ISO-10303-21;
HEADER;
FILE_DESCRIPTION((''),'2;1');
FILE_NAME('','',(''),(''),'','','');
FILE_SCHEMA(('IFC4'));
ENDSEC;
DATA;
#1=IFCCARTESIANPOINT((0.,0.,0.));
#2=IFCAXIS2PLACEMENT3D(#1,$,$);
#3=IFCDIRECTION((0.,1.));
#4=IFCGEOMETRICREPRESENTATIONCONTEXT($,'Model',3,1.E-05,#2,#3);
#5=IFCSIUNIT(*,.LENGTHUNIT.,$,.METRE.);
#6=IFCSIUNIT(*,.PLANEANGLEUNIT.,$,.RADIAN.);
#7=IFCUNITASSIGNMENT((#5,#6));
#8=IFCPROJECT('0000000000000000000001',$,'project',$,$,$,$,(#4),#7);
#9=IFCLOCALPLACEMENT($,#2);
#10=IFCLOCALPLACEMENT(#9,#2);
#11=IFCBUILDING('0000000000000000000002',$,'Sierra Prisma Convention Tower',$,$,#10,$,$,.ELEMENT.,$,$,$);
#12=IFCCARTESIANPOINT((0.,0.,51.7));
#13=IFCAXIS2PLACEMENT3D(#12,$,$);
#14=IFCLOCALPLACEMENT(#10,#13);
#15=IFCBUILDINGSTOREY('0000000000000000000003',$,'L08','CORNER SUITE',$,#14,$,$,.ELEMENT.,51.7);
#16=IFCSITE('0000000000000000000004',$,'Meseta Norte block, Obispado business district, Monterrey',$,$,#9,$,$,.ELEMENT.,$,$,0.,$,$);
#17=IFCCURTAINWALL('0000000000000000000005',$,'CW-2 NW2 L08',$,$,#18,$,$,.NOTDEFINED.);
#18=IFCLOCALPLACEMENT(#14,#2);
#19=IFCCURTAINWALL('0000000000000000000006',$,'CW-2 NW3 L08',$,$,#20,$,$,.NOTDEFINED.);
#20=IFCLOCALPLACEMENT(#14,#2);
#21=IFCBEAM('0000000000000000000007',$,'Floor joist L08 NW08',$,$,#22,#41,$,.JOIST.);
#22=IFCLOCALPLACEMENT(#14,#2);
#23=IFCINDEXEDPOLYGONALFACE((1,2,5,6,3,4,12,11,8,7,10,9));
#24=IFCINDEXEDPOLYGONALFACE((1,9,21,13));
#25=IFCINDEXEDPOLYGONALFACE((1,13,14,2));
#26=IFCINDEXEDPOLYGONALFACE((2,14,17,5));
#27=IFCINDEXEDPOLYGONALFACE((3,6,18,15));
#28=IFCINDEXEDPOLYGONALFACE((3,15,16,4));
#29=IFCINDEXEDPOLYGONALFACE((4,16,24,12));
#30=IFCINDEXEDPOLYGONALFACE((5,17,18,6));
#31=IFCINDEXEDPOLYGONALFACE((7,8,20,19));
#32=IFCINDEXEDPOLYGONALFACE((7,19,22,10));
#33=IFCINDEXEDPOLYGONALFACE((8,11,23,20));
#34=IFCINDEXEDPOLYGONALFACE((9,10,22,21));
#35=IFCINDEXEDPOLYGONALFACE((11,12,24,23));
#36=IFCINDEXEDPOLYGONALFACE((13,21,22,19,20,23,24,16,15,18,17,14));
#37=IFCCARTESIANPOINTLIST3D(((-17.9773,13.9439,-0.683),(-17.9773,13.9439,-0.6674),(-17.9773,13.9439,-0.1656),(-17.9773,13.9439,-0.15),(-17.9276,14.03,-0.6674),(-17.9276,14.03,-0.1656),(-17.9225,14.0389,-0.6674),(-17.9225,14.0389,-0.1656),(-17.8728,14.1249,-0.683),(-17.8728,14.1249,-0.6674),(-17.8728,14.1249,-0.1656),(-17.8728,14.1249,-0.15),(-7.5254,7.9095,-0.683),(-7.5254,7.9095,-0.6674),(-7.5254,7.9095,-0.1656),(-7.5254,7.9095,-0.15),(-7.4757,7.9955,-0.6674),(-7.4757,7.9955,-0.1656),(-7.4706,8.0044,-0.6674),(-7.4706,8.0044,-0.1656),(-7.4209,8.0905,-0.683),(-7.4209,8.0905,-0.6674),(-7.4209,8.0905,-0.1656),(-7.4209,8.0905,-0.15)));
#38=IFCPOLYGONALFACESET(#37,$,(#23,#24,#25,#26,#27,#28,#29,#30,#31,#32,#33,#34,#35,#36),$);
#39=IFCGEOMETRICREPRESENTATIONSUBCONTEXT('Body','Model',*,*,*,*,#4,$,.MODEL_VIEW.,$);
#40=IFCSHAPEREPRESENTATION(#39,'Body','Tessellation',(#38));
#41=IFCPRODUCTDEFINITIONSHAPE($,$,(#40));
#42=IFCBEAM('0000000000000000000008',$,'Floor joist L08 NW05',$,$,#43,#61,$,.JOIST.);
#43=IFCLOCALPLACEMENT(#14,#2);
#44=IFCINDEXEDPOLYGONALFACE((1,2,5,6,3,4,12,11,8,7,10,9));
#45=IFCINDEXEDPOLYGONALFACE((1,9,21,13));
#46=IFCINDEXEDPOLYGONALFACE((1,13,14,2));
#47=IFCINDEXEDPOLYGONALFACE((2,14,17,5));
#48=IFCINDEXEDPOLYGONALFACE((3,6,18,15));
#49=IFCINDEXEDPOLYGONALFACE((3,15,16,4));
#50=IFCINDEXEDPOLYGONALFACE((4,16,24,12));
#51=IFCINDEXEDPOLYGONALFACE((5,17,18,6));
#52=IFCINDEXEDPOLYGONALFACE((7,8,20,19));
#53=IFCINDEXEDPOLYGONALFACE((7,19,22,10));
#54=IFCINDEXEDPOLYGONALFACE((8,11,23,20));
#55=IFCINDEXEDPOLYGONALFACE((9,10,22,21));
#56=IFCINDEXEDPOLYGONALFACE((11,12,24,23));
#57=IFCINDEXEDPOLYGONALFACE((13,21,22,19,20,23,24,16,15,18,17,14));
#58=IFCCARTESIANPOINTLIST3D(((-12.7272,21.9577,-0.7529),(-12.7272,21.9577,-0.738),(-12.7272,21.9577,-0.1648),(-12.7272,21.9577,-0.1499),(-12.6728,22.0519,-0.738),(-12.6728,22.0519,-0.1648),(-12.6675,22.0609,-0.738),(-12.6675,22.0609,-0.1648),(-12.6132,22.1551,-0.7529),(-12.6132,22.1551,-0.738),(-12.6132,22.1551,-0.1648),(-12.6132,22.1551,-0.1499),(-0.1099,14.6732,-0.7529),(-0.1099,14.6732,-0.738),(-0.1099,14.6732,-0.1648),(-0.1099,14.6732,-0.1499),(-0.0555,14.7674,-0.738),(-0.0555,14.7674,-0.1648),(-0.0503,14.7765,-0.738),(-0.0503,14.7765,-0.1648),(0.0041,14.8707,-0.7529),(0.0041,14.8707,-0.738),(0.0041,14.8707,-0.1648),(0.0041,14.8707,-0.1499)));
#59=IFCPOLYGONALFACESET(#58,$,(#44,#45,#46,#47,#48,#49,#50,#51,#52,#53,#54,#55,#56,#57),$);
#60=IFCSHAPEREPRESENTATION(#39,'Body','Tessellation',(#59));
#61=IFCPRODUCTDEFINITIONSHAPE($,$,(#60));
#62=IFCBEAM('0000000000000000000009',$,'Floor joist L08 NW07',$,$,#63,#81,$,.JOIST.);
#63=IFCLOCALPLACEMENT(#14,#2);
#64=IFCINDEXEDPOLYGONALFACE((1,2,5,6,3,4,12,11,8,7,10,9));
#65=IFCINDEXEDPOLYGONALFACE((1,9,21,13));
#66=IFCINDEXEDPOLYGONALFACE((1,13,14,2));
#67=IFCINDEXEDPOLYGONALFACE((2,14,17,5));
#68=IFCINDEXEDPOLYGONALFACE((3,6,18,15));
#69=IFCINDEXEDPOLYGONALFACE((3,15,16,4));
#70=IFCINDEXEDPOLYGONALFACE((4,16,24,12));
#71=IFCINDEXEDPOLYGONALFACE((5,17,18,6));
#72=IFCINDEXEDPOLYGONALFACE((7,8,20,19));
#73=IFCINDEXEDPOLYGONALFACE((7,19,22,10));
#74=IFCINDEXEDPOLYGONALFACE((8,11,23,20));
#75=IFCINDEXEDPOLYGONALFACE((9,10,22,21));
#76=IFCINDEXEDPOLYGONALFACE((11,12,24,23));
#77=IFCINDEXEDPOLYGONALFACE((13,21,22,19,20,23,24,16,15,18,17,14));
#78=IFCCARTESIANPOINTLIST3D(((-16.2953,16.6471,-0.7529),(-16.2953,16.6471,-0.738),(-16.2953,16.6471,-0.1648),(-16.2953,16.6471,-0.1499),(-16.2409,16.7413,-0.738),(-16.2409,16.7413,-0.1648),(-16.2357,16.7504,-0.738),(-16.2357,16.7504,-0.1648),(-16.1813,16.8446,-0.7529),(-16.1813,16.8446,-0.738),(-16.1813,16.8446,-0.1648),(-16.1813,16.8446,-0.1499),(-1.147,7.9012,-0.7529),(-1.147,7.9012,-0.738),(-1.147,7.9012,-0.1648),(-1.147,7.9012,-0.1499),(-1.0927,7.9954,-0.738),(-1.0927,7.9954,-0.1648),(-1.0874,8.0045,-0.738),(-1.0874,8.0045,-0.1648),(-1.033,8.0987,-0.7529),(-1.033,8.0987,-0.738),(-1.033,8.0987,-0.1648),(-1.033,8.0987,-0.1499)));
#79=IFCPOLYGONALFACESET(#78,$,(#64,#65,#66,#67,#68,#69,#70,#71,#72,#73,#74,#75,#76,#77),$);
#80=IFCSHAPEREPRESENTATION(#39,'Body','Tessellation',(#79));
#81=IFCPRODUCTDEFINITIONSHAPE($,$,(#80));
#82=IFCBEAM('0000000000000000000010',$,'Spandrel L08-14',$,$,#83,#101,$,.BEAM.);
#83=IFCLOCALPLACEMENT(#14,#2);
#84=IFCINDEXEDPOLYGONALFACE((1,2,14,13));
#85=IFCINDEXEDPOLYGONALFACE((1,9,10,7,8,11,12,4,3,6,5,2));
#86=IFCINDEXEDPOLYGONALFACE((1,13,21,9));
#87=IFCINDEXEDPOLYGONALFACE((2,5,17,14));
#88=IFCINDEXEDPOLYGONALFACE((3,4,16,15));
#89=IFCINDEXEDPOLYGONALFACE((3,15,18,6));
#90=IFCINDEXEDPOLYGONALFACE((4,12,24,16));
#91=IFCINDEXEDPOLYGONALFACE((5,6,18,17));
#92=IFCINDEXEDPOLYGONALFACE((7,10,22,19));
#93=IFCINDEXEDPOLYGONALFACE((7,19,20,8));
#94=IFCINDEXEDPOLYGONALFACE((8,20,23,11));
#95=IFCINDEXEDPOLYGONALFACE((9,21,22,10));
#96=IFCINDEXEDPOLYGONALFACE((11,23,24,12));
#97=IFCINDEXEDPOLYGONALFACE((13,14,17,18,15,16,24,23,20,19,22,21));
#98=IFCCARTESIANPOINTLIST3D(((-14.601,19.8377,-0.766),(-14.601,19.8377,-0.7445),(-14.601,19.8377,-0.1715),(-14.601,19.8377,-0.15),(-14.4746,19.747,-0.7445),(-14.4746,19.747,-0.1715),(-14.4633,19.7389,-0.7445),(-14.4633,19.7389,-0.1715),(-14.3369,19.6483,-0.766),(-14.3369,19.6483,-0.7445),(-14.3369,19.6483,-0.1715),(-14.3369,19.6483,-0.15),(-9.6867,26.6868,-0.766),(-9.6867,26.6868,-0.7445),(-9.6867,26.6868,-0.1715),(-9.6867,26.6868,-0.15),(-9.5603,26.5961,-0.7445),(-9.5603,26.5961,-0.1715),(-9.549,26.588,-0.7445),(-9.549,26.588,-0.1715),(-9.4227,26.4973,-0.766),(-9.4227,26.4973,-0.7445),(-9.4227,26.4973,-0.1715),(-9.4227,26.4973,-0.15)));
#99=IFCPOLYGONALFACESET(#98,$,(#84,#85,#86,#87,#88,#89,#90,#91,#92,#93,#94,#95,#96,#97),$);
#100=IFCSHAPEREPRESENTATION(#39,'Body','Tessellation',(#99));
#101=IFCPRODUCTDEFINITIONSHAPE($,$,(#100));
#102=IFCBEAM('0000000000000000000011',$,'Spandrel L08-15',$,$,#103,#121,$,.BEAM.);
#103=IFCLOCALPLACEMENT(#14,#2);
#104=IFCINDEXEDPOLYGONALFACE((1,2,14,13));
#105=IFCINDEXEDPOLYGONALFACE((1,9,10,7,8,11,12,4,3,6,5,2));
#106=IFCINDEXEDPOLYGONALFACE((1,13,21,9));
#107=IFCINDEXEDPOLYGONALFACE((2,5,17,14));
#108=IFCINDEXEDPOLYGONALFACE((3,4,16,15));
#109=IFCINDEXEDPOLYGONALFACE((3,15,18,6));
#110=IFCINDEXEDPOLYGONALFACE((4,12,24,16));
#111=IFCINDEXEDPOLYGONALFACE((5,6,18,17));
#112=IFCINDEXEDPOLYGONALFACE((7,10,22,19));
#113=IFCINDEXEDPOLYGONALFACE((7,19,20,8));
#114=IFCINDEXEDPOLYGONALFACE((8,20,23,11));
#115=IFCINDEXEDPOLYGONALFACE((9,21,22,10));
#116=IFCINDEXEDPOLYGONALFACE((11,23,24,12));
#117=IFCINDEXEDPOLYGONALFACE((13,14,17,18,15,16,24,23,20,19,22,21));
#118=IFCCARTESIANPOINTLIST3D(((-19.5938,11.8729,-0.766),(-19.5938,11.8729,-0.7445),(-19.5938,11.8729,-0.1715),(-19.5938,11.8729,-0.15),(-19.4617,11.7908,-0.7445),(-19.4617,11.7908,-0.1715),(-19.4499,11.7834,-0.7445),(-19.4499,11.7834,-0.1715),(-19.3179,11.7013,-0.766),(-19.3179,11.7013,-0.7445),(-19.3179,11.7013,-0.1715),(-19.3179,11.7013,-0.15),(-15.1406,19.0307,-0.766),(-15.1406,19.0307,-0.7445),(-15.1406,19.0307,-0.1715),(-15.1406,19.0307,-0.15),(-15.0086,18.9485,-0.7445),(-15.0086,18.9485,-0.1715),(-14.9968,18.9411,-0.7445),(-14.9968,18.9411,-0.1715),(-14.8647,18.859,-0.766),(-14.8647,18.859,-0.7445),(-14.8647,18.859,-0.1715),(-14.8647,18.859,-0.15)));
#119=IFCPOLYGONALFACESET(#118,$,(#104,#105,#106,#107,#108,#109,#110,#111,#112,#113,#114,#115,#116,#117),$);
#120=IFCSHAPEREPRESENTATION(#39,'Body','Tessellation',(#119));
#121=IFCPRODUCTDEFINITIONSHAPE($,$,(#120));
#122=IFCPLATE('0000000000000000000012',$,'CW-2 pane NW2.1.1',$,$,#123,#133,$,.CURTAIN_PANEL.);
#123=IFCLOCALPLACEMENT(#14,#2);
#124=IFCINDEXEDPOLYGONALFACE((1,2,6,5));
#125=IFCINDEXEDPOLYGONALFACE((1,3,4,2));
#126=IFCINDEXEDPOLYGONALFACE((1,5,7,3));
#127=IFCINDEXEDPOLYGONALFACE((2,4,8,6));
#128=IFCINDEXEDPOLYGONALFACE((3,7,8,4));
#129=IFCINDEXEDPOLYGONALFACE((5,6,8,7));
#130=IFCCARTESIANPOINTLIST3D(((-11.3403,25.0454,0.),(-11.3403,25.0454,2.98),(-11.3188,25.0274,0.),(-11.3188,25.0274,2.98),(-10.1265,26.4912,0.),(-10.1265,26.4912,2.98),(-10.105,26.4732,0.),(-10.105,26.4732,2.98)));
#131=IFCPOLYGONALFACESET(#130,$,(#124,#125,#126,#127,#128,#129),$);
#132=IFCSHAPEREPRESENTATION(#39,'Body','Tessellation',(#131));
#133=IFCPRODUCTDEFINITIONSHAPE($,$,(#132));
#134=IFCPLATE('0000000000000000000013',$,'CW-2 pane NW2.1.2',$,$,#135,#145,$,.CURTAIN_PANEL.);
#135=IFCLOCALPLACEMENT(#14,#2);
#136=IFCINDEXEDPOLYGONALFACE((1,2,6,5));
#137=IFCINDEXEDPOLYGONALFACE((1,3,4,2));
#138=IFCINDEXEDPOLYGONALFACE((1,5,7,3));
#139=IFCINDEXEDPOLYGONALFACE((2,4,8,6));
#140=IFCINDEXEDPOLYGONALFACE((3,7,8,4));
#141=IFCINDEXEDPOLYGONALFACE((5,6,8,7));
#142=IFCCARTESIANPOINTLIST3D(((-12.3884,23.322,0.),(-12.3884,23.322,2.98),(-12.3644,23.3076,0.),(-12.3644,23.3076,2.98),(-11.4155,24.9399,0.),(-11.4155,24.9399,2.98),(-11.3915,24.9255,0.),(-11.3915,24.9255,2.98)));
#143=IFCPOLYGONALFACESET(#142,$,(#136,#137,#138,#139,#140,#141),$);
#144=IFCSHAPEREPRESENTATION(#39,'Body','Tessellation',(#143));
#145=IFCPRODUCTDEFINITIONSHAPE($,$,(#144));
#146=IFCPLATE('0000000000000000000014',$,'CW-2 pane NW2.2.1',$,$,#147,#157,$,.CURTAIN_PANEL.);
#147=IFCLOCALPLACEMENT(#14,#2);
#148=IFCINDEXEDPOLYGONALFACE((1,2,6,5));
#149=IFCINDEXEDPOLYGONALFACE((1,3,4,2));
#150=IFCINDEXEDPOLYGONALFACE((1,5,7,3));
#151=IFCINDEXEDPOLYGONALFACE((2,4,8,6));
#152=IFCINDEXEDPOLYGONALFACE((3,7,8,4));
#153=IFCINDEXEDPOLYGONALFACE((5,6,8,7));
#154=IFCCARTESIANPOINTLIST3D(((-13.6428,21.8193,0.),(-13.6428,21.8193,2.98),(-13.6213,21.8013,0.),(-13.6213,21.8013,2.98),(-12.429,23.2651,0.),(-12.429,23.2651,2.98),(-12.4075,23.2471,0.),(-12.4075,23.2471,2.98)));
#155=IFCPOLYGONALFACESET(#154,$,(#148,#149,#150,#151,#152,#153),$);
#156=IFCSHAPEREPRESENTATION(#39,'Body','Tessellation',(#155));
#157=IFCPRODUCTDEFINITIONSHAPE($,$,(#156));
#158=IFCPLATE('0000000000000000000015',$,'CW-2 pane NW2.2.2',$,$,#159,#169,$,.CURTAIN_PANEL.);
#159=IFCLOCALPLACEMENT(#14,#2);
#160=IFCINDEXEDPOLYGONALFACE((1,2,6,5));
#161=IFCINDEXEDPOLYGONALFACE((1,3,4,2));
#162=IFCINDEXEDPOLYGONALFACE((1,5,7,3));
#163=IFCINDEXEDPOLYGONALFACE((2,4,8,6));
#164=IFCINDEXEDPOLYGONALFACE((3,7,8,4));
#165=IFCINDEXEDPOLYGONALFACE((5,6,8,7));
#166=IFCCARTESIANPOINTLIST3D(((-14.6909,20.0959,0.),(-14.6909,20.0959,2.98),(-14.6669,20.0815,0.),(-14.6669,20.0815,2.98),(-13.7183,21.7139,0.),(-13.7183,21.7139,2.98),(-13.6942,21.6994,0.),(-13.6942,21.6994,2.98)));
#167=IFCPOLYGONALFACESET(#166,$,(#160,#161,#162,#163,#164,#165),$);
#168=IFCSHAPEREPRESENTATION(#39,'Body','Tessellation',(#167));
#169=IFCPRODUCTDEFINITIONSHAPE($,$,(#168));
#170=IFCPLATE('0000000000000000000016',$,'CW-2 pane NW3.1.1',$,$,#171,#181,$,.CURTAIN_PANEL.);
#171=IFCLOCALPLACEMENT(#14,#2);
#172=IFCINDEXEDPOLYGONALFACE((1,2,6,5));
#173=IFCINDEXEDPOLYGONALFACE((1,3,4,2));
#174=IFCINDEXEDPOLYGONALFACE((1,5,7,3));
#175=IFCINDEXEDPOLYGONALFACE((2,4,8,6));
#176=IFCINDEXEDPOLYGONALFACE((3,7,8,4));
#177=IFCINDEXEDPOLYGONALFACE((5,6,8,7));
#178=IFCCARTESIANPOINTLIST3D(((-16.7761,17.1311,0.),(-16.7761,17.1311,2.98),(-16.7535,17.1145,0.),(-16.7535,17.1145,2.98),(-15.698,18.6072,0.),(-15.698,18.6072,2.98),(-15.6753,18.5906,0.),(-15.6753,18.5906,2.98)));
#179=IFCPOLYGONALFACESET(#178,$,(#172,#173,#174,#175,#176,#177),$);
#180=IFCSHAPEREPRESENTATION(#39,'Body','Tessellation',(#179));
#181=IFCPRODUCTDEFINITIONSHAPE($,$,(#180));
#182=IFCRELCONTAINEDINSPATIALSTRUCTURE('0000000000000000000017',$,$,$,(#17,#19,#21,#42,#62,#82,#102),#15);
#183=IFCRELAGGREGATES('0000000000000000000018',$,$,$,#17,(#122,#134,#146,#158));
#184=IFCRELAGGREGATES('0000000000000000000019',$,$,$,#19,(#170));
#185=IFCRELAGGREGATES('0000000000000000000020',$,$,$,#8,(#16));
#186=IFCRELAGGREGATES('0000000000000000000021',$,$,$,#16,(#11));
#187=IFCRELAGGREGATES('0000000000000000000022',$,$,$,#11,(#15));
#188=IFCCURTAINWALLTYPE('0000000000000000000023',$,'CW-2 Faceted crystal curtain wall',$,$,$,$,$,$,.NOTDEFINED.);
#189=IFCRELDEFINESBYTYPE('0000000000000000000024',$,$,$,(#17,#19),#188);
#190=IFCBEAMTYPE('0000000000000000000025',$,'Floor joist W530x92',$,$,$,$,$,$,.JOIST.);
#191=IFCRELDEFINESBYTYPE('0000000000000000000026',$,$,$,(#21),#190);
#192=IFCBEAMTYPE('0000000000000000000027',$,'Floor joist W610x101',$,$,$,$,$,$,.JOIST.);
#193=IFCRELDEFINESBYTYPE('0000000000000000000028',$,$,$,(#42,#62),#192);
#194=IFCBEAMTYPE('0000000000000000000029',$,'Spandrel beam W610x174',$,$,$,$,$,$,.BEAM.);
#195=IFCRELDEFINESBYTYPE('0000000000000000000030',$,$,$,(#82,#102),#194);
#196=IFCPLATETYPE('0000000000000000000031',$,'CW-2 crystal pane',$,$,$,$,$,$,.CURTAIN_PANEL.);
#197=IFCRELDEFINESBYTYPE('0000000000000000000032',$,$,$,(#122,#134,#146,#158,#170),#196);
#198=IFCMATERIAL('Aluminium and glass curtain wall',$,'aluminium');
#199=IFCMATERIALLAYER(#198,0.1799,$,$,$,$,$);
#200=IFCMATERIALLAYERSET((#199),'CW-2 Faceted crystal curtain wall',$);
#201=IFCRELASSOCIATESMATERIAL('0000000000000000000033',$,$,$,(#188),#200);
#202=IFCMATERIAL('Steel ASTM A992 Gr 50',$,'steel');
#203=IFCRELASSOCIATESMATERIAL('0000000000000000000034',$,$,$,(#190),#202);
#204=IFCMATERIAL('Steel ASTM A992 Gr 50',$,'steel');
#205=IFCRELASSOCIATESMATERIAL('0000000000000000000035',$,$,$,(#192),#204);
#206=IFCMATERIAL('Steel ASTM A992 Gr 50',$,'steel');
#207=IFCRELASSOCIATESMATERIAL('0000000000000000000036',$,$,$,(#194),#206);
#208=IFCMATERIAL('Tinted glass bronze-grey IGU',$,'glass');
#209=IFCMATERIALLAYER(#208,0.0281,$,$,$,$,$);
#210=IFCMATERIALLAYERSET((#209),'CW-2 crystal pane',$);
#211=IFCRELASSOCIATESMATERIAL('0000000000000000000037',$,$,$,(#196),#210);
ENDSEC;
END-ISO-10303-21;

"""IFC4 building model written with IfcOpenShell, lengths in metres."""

from ifc_helpers import new_model, si_unit, direction, frame, origin, origin_2d, place, context, subcontext, project, spatial, polyline, i_section, outline, extrude, material, layer, layer_set, material_profile, profile_set, type_object, element, aggregate, save


model = new_model("IFC4")

# Units and contexts
model_context = context("Model", 3, precision=1e-05, world=origin(), true_north=direction((0.0, 1.0)))
body_context = subcontext(model_context, "Body", "Model", "MODEL_VIEW")
ifc_project = project(units=[si_unit("LENGTHUNIT", "METRE"), si_unit("PLANEANGLEUNIT", "RADIAN")], contexts=[model_context])

# Site, building, storey
site_placement = place(None, origin())
site = spatial("IfcSite", under=ifc_project, at=site_placement, Name="Meseta Norte block, Obispado business district, Monterrey", CompositionType="ELEMENT", RefElevation=0.0)
building_placement = place(site_placement, origin())
building = spatial("IfcBuilding", under=site, at=building_placement, Name="Sierra Prisma Convention Tower", CompositionType="ELEMENT")
storey_placement = place(building_placement, frame((0.0, 0.0, 51.7)))
storey = spatial("IfcBuildingStorey", under=building, at=storey_placement, Name="L08", Description="CORNER SUITE", CompositionType="ELEMENT", Elevation=51.7)

# Curtain walls
ifc_material_1 = material(Name="Aluminium and glass curtain wall", Category="aluminium")
ifc_layer_1 = layer(ifc_material_1, 0.1799)
ifc_layer_set_1 = layer_set([ifc_layer_1], Name="CW-2 Faceted crystal curtain wall")
curtain_wall_type = type_object("IfcCurtainWallType", Name="CW-2 Faceted crystal curtain wall", PredefinedType="NOTDEFINED", material=ifc_layer_set_1)
curtain_wall_1_placement = place(storey_placement, origin())
curtain_wall_1 = element("IfcCurtainWall", 1, at=curtain_wall_1_placement, inside=storey, type_object=curtain_wall_type, Name="CW-2 NW2 L08", PredefinedType="NOTDEFINED")
curtain_wall_2_placement = place(storey_placement, origin())
curtain_wall_2 = element("IfcCurtainWall", 2, at=curtain_wall_2_placement, inside=storey, type_object=curtain_wall_type, Name="CW-2 NW3 L08", PredefinedType="NOTDEFINED")

# Beams
ifc_material_2 = material(Name="Steel ASTM A992 Gr 50", Category="steel")
ifc_material_profile_1 = material_profile(ifc_material_2, i_section(OverallWidth=0.209, OverallDepth=0.533, WebThickness=0.0103, FlangeThickness=0.0156, at=origin_2d()), Name="W530x92")
ifc_profile_set_1 = profile_set([ifc_material_profile_1], Name="Steel ASTM A992 Gr 50")
beam_type_1 = type_object("IfcBeamType", Name="Floor joist W530x92", PredefinedType="JOIST", material=ifc_profile_set_1)
beam_1_placement = place(storey_placement, frame((-17.925, 14.0344, -0.4165), z_axis=(0.866025, -0.500001, 0.0), x_axis=(0.500001, 0.866025, 0.0)))
element("IfcBeam", 3, at=beam_1_placement, inside=storey, type_object=beam_type_1, Name="Floor joist L08 NW08", PredefinedType="JOIST", context=body_context, shape_type="SweptSolid", body=[
    extrude(i_section(OverallWidth=0.209, OverallDepth=0.533, WebThickness=0.0103, FlangeThickness=0.0156, at=origin_2d()), origin(), (0.0, 0.0, 1.0), 12.0688),
])
ifc_material_3 = material(Name="Steel ASTM A992 Gr 50", Category="steel")
ifc_material_profile_2 = material_profile(ifc_material_3, i_section(OverallWidth=0.228, OverallDepth=0.603, WebThickness=0.0105, FlangeThickness=0.0149, at=origin_2d()), Name="W610x101")
ifc_profile_set_2 = profile_set([ifc_material_profile_2], Name="Steel ASTM A992 Gr 50")
beam_type_2 = type_object("IfcBeamType", Name="Floor joist W610x101", PredefinedType="JOIST", material=ifc_profile_set_2)
beam_2_placement = place(storey_placement, frame((-12.6702, 22.0564, -0.4514), z_axis=(0.866029, -0.499994, 0.0), x_axis=(0.499994, 0.866029, 0.0)))
element("IfcBeam", 4, at=beam_2_placement, inside=storey, type_object=beam_type_2, Name="Floor joist L08 NW05", PredefinedType="JOIST", context=body_context, shape_type="SweptSolid", body=[
    extrude(i_section(OverallWidth=0.228, OverallDepth=0.603, WebThickness=0.0105, FlangeThickness=0.0149, at=origin_2d()), origin(), (0.0, 0.0, 1.0), 14.5691),
])
beam_3_placement = place(storey_placement, frame((-16.2383, 16.7458, -0.4514), z_axis=(0.866025, -0.500002, 0.0), x_axis=(0.500002, 0.866025, 0.0)))
element("IfcBeam", 5, at=beam_3_placement, inside=storey, type_object=beam_type_2, Name="Floor joist L08 NW07", PredefinedType="JOIST", context=body_context, shape_type="SweptSolid", body=[
    extrude(i_section(OverallWidth=0.228, OverallDepth=0.603, WebThickness=0.0105, FlangeThickness=0.0149, at=origin_2d()), origin(), (0.0, 0.0, 1.0), 17.4917),
])
ifc_material_4 = material(Name="Steel ASTM A992 Gr 50", Category="steel")
ifc_material_profile_3 = material_profile(ifc_material_4, i_section(OverallWidth=0.325, OverallDepth=0.616, WebThickness=0.0139, FlangeThickness=0.0215, at=origin_2d()), Name="W610x174")
ifc_profile_set_3 = profile_set([ifc_material_profile_3], Name="Steel ASTM A992 Gr 50")
beam_type_3 = type_object("IfcBeamType", Name="Spandrel beam W610x174", PredefinedType="BEAM", material=ifc_profile_set_3)
beam_4_placement = place(storey_placement, frame((-9.5547, 26.592, -0.458), z_axis=(-0.582971, -0.812493, 0.0), x_axis=(0.812493, -0.582971, 0.0)))
element("IfcBeam", 6, at=beam_4_placement, inside=storey, type_object=beam_type_3, Name="Spandrel L08-14", PredefinedType="BEAM", context=body_context, shape_type="SweptSolid", body=[
    extrude(i_section(OverallWidth=0.325, OverallDepth=0.616, WebThickness=0.0139, FlangeThickness=0.0215, at=origin_2d()), origin(), (0.0, 0.0, 1.0), 8.4297),
])
beam_5_placement = place(storey_placement, frame((-15.0027, 18.9448, -0.458), z_axis=(-0.528254, -0.849087, 0.0), x_axis=(0.849087, -0.528254, 0.0)))
element("IfcBeam", 7, at=beam_5_placement, inside=storey, type_object=beam_type_3, Name="Spandrel L08-15", PredefinedType="BEAM", context=body_context, shape_type="SweptSolid", body=[
    extrude(i_section(OverallWidth=0.325, OverallDepth=0.616, WebThickness=0.0139, FlangeThickness=0.0215, at=origin_2d()), origin(), (0.0, 0.0, 1.0), 8.4299),
])

# Plates
ifc_material_5 = material(Name="Tinted glass bronze-grey IGU", Category="glass")
ifc_layer_2 = layer(ifc_material_5, 0.0281)
ifc_layer_set_2 = layer_set([ifc_layer_2], Name="CW-2 crystal pane")
plate_type = type_object("IfcPlateType", Name="CW-2 crystal pane", PredefinedType="CURTAIN_PANEL", material=ifc_layer_set_2)
plate_1_placement = place(storey_placement, frame((-10.1265, 26.4912, 0.0), z_axis=(-0.765863, 0.643004, 0.0), x_axis=(-0.643004, -0.765863, 0.0)))
plate_1 = element("IfcPlate", 8, at=plate_1_placement, type_object=plate_type, Name="CW-2 pane NW2.1.1", PredefinedType="CURTAIN_PANEL", context=body_context, shape_type="SweptSolid", body=[
    extrude(outline(polyline([(0.0, 0.0), (1.8878, 0.0), (1.8878, 2.98), (0.0, 2.98), (0.0, 0.0)])), origin(), (0.0, 0.0, -1.0), 0.0281),
])
plate_2_placement = place(storey_placement, frame((-12.3884, 23.322, 0.0), z_axis=(-0.85699, 0.515332, 0.0), x_axis=(0.515332, 0.85699, 0.0)))
plate_2 = element("IfcPlate", 9, at=plate_2_placement, type_object=plate_type, Name="CW-2 pane NW2.1.2", PredefinedType="CURTAIN_PANEL", context=body_context, shape_type="SweptSolid", body=[
    extrude(outline(polyline([(0.0, 0.0), (1.8879, 0.0), (1.8879, -2.98), (0.0, -2.98), (0.0, 0.0)])), origin(), (0.0, 0.0, -1.0), 0.0281),
])
plate_3_placement = place(storey_placement, frame((-12.429, 23.2651, 0.0), z_axis=(-0.765863, 0.643004, 0.0), x_axis=(-0.643004, -0.765863, 0.0)))
plate_3 = element("IfcPlate", 10, at=plate_3_placement, type_object=plate_type, Name="CW-2 pane NW2.2.1", PredefinedType="CURTAIN_PANEL", context=body_context, shape_type="SweptSolid", body=[
    extrude(outline(polyline([(0.0, 0.0), (1.8878, 0.0), (1.8878, 2.98), (0.0, 2.98), (0.0, 0.0)])), origin(), (0.0, 0.0, -1.0), 0.0281),
])
plate_4_placement = place(storey_placement, frame((-14.6909, 20.0959, 0.0), z_axis=(-0.857048, 0.515237, 0.0), x_axis=(0.515237, 0.857048, 0.0)))
plate_4 = element("IfcPlate", 11, at=plate_4_placement, type_object=plate_type, Name="CW-2 pane NW2.2.2", PredefinedType="CURTAIN_PANEL", context=body_context, shape_type="SweptSolid", body=[
    extrude(outline(polyline([(0.0, 0.0), (1.8878, 0.0), (1.8878, -2.98), (0.0, -2.98), (0.0, 0.0)])), origin(), (0.0, 0.0, -1.0), 0.0281),
])
aggregate(curtain_wall_1, [plate_1, plate_2, plate_3, plate_4])
plate_5_placement = place(storey_placement, frame((-15.698, 18.6072, 0.0), z_axis=(-0.807533, 0.589822, 0.0), x_axis=(-0.589822, -0.807533, 0.0)))
plate_5 = element("IfcPlate", 12, at=plate_5_placement, type_object=plate_type, Name="CW-2 pane NW3.1.1", PredefinedType="CURTAIN_PANEL", context=body_context, shape_type="SweptSolid", body=[
    extrude(outline(polyline([(0.0, 0.0), (1.8279, 0.0), (1.8279, 2.98), (0.0, 2.98), (0.0, 0.0)])), origin(), (0.0, 0.0, -1.0), 0.0281),
])
aggregate(curtain_wall_2, [plate_5])

save(model, "model.ifc")
